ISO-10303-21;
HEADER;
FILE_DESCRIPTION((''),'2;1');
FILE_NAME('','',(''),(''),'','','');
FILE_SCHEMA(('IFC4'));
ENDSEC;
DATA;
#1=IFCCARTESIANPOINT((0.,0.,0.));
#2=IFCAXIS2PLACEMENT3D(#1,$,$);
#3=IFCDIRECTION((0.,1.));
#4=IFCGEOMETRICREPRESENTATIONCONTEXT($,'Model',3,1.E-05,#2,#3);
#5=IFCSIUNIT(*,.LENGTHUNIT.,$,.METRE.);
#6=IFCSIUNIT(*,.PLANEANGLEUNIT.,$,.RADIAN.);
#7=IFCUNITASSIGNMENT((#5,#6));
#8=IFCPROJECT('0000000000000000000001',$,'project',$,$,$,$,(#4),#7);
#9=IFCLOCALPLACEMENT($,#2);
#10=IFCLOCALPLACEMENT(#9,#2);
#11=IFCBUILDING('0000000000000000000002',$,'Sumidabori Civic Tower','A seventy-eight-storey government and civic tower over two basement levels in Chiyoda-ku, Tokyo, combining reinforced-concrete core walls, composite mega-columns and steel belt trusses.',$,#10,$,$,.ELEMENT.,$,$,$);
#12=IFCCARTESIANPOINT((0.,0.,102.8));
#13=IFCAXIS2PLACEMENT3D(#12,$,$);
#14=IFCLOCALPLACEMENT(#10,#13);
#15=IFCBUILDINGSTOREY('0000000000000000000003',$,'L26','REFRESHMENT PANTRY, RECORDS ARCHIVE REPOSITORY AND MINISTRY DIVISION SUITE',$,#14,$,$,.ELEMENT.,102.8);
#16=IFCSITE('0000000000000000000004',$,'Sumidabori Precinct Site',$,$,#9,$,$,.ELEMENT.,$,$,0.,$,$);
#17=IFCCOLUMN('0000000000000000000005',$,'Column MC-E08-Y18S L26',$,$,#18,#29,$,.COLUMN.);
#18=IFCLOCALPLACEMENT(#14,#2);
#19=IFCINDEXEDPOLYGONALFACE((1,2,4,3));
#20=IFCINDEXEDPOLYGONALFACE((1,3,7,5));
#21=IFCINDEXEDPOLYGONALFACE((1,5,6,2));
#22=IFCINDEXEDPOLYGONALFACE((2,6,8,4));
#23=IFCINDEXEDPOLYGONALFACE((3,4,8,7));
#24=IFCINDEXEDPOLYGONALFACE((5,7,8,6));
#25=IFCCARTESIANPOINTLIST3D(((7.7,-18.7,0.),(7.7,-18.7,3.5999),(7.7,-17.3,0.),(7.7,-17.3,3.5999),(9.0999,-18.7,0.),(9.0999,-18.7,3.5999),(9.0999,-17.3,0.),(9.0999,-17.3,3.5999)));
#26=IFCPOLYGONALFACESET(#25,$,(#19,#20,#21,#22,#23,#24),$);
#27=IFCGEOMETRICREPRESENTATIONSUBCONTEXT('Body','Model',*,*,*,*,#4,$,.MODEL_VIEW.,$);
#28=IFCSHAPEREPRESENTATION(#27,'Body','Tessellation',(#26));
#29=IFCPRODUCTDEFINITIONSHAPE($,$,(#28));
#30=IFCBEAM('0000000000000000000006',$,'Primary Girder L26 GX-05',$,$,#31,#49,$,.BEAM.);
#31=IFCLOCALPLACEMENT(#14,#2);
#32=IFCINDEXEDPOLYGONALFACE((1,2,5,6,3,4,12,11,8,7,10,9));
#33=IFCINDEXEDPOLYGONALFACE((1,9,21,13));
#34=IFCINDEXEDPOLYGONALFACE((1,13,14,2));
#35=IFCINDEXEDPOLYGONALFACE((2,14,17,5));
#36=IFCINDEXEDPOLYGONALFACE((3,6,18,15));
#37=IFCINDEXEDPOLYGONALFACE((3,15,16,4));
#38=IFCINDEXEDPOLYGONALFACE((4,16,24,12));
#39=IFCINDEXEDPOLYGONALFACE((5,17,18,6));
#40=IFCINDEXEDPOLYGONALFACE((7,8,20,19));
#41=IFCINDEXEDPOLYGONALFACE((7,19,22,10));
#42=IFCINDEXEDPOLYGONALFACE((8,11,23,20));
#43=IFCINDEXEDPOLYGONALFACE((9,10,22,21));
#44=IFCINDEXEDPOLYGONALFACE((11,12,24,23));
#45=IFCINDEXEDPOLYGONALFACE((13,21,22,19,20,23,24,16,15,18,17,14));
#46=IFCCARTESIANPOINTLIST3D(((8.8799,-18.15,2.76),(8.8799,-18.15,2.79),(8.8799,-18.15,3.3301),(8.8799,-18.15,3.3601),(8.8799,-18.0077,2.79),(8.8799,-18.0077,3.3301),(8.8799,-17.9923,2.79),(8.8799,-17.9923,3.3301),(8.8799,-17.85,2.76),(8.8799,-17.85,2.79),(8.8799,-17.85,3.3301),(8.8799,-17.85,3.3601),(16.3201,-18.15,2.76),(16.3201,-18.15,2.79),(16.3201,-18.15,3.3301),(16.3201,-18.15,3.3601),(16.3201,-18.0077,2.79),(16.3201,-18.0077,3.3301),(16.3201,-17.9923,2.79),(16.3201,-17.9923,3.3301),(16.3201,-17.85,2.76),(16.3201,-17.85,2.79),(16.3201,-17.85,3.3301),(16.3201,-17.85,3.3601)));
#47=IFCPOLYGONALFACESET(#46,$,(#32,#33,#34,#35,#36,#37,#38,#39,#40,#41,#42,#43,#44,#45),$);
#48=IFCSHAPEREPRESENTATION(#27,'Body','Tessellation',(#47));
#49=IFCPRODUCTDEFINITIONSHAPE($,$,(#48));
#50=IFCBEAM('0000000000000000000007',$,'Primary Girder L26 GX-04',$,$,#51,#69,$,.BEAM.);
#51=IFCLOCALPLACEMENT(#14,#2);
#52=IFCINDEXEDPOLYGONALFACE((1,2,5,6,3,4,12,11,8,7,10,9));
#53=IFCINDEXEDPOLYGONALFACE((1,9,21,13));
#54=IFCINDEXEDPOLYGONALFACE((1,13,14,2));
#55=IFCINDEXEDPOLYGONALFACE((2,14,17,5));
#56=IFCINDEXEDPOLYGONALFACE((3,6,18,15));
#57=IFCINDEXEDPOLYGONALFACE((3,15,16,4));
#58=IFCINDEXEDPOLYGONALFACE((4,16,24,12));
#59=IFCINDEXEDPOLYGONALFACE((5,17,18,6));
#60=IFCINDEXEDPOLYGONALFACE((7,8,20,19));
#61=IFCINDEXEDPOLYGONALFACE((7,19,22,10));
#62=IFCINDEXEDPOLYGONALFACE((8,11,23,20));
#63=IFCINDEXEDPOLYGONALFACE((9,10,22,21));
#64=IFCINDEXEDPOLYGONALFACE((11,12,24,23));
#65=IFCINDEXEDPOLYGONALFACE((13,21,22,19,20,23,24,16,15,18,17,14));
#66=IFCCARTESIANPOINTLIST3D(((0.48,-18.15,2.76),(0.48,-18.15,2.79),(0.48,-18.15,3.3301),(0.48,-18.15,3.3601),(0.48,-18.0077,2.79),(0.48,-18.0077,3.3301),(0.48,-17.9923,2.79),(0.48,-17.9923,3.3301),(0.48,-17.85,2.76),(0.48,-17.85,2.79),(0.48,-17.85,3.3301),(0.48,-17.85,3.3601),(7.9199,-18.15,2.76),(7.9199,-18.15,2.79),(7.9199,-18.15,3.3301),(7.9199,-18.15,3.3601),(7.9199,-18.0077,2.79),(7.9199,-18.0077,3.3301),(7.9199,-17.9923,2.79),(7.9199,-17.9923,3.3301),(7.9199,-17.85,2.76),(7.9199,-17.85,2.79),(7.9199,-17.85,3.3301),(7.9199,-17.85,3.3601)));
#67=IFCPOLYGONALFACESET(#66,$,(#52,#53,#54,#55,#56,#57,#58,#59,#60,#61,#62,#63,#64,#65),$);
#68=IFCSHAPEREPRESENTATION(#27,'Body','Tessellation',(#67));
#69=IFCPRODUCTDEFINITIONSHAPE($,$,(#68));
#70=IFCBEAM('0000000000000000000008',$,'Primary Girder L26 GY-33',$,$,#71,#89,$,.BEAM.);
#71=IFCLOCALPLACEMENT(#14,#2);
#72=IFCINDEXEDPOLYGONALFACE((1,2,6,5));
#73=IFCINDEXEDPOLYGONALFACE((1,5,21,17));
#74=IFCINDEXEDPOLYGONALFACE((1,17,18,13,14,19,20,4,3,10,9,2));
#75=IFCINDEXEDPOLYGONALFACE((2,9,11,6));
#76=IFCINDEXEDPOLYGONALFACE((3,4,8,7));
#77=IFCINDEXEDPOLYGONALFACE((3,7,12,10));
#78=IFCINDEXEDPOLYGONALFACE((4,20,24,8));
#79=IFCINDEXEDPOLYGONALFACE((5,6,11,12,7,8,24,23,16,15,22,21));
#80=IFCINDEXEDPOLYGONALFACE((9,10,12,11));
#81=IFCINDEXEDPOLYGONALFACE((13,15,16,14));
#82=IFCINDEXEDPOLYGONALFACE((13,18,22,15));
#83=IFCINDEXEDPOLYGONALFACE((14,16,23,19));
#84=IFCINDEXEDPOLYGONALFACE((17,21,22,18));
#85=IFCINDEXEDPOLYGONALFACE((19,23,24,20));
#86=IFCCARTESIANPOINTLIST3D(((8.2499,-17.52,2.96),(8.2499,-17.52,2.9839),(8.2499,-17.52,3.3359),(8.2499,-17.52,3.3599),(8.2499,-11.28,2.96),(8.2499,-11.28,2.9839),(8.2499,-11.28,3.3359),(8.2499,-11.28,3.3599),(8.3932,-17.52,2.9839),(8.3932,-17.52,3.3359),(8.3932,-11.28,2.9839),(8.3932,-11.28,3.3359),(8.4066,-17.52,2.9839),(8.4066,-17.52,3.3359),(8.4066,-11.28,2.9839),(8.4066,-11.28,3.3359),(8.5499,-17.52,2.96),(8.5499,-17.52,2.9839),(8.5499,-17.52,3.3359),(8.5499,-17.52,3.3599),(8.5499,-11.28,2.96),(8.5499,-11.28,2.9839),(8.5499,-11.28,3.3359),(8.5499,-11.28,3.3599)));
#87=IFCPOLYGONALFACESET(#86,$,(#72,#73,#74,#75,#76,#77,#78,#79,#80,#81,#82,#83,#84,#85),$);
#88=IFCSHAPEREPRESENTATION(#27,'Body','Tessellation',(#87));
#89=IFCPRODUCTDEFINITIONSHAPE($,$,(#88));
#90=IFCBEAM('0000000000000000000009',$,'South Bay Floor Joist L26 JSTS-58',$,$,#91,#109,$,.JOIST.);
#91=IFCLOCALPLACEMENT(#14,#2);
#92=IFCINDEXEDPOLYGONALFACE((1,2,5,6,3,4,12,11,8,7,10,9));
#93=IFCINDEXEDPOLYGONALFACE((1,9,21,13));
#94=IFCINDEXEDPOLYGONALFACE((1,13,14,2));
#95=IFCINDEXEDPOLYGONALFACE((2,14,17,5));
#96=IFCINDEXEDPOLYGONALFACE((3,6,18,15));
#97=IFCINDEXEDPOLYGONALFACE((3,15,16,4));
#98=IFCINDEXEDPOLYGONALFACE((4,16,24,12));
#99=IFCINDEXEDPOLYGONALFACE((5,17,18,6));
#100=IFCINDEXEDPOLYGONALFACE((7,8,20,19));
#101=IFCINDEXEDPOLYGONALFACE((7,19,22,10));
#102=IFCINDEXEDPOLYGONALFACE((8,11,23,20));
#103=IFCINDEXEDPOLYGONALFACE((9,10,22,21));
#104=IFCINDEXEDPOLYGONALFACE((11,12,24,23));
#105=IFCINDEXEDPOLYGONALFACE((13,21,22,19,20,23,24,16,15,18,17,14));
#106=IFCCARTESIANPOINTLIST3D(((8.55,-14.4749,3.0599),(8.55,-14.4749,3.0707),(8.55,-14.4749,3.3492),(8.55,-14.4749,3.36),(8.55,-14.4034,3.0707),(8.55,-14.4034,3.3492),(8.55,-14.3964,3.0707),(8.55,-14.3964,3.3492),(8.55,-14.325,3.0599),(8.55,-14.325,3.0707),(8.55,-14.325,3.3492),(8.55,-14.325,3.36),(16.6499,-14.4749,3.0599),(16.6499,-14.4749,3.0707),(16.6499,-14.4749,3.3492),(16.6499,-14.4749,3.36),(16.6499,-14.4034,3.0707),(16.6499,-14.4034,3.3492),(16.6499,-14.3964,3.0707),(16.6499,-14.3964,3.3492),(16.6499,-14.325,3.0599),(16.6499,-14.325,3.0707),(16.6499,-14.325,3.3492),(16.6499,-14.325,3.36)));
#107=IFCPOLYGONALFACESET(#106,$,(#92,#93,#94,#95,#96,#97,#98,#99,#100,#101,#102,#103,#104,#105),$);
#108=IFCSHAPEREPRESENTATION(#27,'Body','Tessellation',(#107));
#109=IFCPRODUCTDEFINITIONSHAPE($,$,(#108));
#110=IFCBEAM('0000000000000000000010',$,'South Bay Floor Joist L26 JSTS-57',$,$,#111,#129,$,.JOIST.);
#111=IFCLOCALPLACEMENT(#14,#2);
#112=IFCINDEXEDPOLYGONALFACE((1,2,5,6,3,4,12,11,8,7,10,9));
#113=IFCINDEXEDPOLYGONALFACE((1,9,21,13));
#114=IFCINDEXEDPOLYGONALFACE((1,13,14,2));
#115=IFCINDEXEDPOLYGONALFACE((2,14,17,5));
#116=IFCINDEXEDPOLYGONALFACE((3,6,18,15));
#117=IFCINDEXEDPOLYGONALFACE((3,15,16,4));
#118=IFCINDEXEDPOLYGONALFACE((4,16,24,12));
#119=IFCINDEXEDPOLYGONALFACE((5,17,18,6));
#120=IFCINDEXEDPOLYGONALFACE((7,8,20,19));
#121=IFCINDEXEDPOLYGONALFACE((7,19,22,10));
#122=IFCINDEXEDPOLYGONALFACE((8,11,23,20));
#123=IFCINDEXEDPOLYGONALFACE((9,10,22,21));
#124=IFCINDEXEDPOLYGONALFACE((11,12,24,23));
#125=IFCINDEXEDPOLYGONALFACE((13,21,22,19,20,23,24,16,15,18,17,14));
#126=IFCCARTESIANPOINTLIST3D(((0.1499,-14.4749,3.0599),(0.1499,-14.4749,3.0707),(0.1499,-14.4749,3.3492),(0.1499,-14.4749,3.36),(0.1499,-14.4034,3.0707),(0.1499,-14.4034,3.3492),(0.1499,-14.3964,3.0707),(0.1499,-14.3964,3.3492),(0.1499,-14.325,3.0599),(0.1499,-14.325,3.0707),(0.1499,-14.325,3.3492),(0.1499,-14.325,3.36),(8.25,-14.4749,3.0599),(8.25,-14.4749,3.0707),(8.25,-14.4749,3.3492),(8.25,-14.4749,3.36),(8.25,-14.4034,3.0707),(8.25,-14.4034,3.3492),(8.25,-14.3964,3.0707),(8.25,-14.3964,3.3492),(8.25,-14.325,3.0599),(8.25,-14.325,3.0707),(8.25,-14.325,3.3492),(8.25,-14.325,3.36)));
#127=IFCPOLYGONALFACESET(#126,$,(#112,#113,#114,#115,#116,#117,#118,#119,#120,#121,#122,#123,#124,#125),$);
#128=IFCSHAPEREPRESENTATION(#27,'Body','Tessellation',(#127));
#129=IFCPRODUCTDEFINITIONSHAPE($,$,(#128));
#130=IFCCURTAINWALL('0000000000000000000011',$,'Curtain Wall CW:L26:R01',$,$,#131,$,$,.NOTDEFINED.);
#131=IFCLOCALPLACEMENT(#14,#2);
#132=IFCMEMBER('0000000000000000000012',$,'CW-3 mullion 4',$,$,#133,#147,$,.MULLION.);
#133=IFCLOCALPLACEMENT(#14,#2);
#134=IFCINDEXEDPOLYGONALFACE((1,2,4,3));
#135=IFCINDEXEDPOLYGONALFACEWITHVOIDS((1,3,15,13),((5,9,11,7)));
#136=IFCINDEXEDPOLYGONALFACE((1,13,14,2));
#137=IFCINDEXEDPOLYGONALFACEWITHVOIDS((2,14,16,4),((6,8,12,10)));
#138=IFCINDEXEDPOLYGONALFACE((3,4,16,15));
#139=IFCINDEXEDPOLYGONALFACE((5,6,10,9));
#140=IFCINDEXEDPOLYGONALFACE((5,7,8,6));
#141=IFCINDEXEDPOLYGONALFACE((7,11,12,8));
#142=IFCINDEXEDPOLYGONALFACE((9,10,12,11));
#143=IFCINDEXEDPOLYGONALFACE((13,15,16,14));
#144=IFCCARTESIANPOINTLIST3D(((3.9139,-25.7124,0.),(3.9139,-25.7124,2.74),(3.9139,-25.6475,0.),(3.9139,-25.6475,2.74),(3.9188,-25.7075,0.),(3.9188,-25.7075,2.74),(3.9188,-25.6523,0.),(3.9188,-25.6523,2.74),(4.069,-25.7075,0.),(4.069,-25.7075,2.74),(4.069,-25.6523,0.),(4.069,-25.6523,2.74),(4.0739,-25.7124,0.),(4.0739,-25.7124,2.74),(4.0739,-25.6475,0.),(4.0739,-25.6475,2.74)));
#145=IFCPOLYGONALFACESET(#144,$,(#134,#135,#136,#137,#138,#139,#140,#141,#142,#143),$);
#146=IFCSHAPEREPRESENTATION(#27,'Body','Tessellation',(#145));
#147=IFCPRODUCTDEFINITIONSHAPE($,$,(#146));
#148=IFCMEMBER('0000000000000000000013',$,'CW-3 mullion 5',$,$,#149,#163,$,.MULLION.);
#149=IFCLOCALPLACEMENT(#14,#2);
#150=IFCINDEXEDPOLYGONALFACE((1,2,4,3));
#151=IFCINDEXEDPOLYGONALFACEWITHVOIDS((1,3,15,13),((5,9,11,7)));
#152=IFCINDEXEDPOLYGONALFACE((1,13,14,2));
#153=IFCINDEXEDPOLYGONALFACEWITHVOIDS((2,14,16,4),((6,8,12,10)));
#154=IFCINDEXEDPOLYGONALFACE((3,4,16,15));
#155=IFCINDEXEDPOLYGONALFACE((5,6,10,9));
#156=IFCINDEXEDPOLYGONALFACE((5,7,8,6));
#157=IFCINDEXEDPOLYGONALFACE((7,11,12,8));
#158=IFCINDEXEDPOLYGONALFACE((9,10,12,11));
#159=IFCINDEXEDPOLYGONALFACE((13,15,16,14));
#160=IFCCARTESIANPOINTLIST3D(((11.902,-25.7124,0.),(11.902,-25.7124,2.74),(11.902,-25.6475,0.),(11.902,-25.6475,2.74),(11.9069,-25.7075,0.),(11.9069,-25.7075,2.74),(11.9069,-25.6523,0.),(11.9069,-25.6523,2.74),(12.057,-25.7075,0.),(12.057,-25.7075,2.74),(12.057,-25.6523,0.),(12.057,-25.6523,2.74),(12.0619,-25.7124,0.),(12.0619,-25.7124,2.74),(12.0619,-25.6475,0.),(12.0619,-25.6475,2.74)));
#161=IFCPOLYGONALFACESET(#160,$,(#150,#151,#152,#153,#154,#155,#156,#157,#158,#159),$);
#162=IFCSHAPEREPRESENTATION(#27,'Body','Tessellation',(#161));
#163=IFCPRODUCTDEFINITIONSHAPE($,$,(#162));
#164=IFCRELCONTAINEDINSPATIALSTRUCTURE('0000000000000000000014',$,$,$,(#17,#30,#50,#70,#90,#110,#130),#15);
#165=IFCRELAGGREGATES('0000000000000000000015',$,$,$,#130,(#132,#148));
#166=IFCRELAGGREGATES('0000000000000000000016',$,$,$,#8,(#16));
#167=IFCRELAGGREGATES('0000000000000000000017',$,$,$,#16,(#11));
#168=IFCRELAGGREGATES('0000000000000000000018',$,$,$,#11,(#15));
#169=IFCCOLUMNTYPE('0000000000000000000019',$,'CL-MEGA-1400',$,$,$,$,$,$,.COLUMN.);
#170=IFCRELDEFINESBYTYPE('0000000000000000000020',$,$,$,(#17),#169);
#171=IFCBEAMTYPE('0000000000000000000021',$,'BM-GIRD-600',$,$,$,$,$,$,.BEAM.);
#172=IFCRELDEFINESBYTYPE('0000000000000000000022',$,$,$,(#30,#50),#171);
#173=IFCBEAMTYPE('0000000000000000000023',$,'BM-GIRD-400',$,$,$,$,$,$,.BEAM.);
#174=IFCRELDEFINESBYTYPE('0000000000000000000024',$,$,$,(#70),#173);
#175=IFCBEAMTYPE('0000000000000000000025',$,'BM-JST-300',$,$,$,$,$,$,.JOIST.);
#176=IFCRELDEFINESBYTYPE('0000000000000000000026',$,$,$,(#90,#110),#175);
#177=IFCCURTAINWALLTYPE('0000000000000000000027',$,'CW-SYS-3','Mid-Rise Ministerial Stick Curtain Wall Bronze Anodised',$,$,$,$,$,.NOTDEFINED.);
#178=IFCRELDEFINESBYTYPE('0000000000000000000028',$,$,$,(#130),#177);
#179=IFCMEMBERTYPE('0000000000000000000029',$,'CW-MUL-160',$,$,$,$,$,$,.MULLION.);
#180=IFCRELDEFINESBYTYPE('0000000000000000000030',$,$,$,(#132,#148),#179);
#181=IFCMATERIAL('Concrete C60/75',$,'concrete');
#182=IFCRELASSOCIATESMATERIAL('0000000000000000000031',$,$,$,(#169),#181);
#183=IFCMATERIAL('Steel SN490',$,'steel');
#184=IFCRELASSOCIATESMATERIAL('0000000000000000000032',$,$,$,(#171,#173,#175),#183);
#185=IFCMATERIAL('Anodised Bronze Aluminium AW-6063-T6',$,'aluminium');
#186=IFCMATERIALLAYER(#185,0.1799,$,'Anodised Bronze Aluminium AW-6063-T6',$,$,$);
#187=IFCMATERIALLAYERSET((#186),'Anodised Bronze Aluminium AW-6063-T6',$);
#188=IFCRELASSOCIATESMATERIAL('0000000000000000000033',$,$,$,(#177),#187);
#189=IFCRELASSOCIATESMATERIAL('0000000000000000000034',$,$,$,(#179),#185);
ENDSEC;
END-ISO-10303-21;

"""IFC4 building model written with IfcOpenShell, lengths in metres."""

from ifc_helpers import new_model, si_unit, direction, frame, origin, origin_2d, place, context, subcontext, project, spatial, rectangle, hollow_rectangle, i_section, extrude, source, transform, mapped, material, layer, layer_set, material_profile, profile_set, type_object, element, aggregate, save


model = new_model("IFC4")

# Units and contexts
model_context = context("Model", 3, precision=1e-05, world=origin(), true_north=direction((0.0, 1.0)))
body_context = subcontext(model_context, "Body", "Model", "MODEL_VIEW")
ifc_project = project(units=[si_unit("LENGTHUNIT", "METRE"), si_unit("PLANEANGLEUNIT", "RADIAN")], contexts=[model_context])

# Site, building, storey
site_placement = place(None, origin())
site = spatial("IfcSite", under=ifc_project, at=site_placement, Name="Sumidabori Precinct Site", CompositionType="ELEMENT", RefElevation=0.0)
building_placement = place(site_placement, origin())
building = spatial("IfcBuilding", under=site, at=building_placement, Name="Sumidabori Civic Tower", Description="A seventy-eight-storey government and civic tower over two basement levels in Chiyoda-ku, Tokyo, combining reinforced-concrete core walls, composite mega-columns and steel belt trusses.", CompositionType="ELEMENT")
storey_placement = place(building_placement, frame((0.0, 0.0, 102.8)))
storey = spatial("IfcBuildingStorey", under=building, at=storey_placement, Name="L26", Description="REFRESHMENT PANTRY, RECORDS ARCHIVE REPOSITORY AND MINISTRY DIVISION SUITE", CompositionType="ELEMENT", Elevation=102.8)

# Column
ifc_material_1 = material(Name="Concrete C60/75", Category="concrete")
ifc_material_profile_1 = material_profile(ifc_material_1, rectangle(XDim=1.3999, YDim=1.3999, at=origin_2d()), Name="RC 1400x1400")
ifc_profile_set_1 = profile_set([ifc_material_profile_1], Name="Concrete C60/75")
column_type = type_object("IfcColumnType", Name="CL-MEGA-1400", PredefinedType="COLUMN", material=ifc_profile_set_1)
shared_shape_1 = source(origin(), body_context, "Body", "SweptSolid", [
    extrude(rectangle(XDim=1.3999, YDim=1.3999, at=origin_2d()), origin(), (0.0, 0.0, 1.0), 3.5999),
])
column_placement = place(storey_placement, frame((8.3999, -18.0, 0.0), z_axis=(0.0, 0.0, 1.0), x_axis=(1.0, 0.0, 0.0)))
element("IfcColumn", 1, at=column_placement, inside=storey, type_object=column_type, Name="Column MC-E08-Y18S L26", PredefinedType="COLUMN", context=body_context, shape_type="MappedRepresentation", body=[
    mapped(shared_shape_1, transform((0.0, 0.0, 0.0), x_axis=(1.0, 0.0, 0.0), y_axis=(0.0, 1.0, 0.0), z_axis=(0.0, 0.0, 1.0), scale=1.0)),
])

# Beams
ifc_material_2 = material(Name="Steel SN490", Category="steel")
ifc_material_profile_2 = material_profile(ifc_material_2, i_section(OverallWidth=0.3, OverallDepth=0.6001, WebThickness=0.0154, FlangeThickness=0.03, at=origin_2d()), Name="HE 600 B")
ifc_profile_set_2 = profile_set([ifc_material_profile_2], Name="Steel SN490")
beam_type_1 = type_object("IfcBeamType", Name="BM-GIRD-600", PredefinedType="BEAM", material=ifc_profile_set_2)
shared_shape_2 = source(origin(), body_context, "Body", "SweptSolid", [
    extrude(i_section(OverallWidth=0.3, OverallDepth=0.6001, WebThickness=0.0154, FlangeThickness=0.03, at=origin_2d()), origin(), (0.0, 0.0, 1.0), 7.4402),
])
beam_1_placement = place(storey_placement, frame((8.8799, -18.0, 3.0601), z_axis=(1.0, 0.0, 0.0), x_axis=(0.0, 1.0, 0.0)))
element("IfcBeam", 2, at=beam_1_placement, inside=storey, type_object=beam_type_1, Name="Primary Girder L26 GX-05", PredefinedType="BEAM", context=body_context, shape_type="MappedRepresentation", body=[
    mapped(shared_shape_2, transform((0.0, 0.0, 0.0), x_axis=(1.0, 0.0, 0.0), y_axis=(0.0, 1.0, 0.0), z_axis=(0.0, 0.0, 1.0), scale=1.0)),
])
shared_shape_3 = source(origin(), body_context, "Body", "SweptSolid", [
    extrude(i_section(OverallWidth=0.3, OverallDepth=0.6001, WebThickness=0.0154, FlangeThickness=0.03, at=origin_2d()), origin(), (0.0, 0.0, 1.0), 7.4399),
])
beam_2_placement = place(storey_placement, frame((0.48, -18.0, 3.0601), z_axis=(1.0, 0.0, 0.0), x_axis=(0.0, 1.0, 0.0)))
element("IfcBeam", 3, at=beam_2_placement, inside=storey, type_object=beam_type_1, Name="Primary Girder L26 GX-04", PredefinedType="BEAM", context=body_context, shape_type="MappedRepresentation", body=[
    mapped(shared_shape_3, transform((0.0, 0.0, 0.0), x_axis=(1.0, 0.0, 0.0), y_axis=(0.0, 1.0, 0.0), z_axis=(0.0, 0.0, 1.0), scale=1.0)),
])
ifc_material_profile_3 = material_profile(ifc_material_2, i_section(OverallWidth=0.3, OverallDepth=0.3999, WebThickness=0.0134, FlangeThickness=0.0239, at=origin_2d()), Name="HE 400 B")
ifc_profile_set_3 = profile_set([ifc_material_profile_3], Name="Steel SN490")
beam_type_2 = type_object("IfcBeamType", Name="BM-GIRD-400", PredefinedType="BEAM", material=ifc_profile_set_3)
shared_shape_4 = source(origin(), body_context, "Body", "SweptSolid", [
    extrude(i_section(OverallWidth=0.3, OverallDepth=0.3999, WebThickness=0.0134, FlangeThickness=0.0239, at=origin_2d()), origin(), (0.0, 0.0, 1.0), 6.24),
])
beam_3_placement = place(storey_placement, frame((8.3999, -17.52, 3.1599), z_axis=(0.0, 1.0, 0.0), x_axis=(-1.0, 0.0, 0.0)))
element("IfcBeam", 4, at=beam_3_placement, inside=storey, type_object=beam_type_2, Name="Primary Girder L26 GY-33", PredefinedType="BEAM", context=body_context, shape_type="MappedRepresentation", body=[
    mapped(shared_shape_4, transform((0.0, 0.0, 0.0), x_axis=(1.0, 0.0, 0.0), y_axis=(0.0, 1.0, 0.0), z_axis=(0.0, 0.0, 1.0), scale=1.0)),
])
ifc_material_profile_4 = material_profile(ifc_material_2, i_section(OverallWidth=0.1499, OverallDepth=0.3, WebThickness=0.0071, FlangeThickness=0.0107, at=origin_2d()), Name="IPE 300")
ifc_profile_set_4 = profile_set([ifc_material_profile_4], Name="Steel SN490")
beam_type_3 = type_object("IfcBeamType", Name="BM-JST-300", PredefinedType="JOIST", material=ifc_profile_set_4)
shared_shape_5 = source(origin(), body_context, "Body", "SweptSolid", [
    extrude(i_section(OverallWidth=0.1499, OverallDepth=0.3, WebThickness=0.0071, FlangeThickness=0.0107, at=origin_2d()), origin(), (0.0, 0.0, 1.0), 8.0999),
])
beam_4_placement = place(storey_placement, frame((8.55, -14.3999, 3.21), z_axis=(1.0, 0.0, 0.0), x_axis=(0.0, 1.0, 0.0)))
element("IfcBeam", 5, at=beam_4_placement, inside=storey, type_object=beam_type_3, Name="South Bay Floor Joist L26 JSTS-58", PredefinedType="JOIST", context=body_context, shape_type="MappedRepresentation", body=[
    mapped(shared_shape_5, transform((0.0, 0.0, 0.0), x_axis=(1.0, 0.0, 0.0), y_axis=(0.0, 1.0, 0.0), z_axis=(0.0, 0.0, 1.0), scale=1.0)),
])
shared_shape_6 = source(origin(), body_context, "Body", "SweptSolid", [
    extrude(i_section(OverallWidth=0.1499, OverallDepth=0.3, WebThickness=0.0071, FlangeThickness=0.0107, at=origin_2d()), origin(), (0.0, 0.0, 1.0), 8.1001),
])
beam_5_placement = place(storey_placement, frame((0.1499, -14.3999, 3.21), z_axis=(1.0, 0.0, 0.0), x_axis=(0.0, 1.0, 0.0)))
element("IfcBeam", 6, at=beam_5_placement, inside=storey, type_object=beam_type_3, Name="South Bay Floor Joist L26 JSTS-57", PredefinedType="JOIST", context=body_context, shape_type="MappedRepresentation", body=[
    mapped(shared_shape_6, transform((0.0, 0.0, 0.0), x_axis=(1.0, 0.0, 0.0), y_axis=(0.0, 1.0, 0.0), z_axis=(0.0, 0.0, 1.0), scale=1.0)),
])

# Curtain wall, members
ifc_material_3 = material(Name="Anodised Bronze Aluminium AW-6063-T6", Category="aluminium")
ifc_layer_1 = layer(ifc_material_3, 0.1799, Name="Anodised Bronze Aluminium AW-6063-T6")
ifc_layer_set_1 = layer_set([ifc_layer_1], Name="Anodised Bronze Aluminium AW-6063-T6")
curtain_wall_type = type_object("IfcCurtainWallType", Name="CW-SYS-3", Description="Mid-Rise Ministerial Stick Curtain Wall Bronze Anodised", PredefinedType="NOTDEFINED", material=ifc_layer_set_1)
curtain_wall_placement = place(storey_placement, origin())
curtain_wall = element("IfcCurtainWall", 7, at=curtain_wall_placement, inside=storey, type_object=curtain_wall_type, Name="Curtain Wall CW:L26:R01", PredefinedType="NOTDEFINED")
ifc_material_profile_5 = material_profile(ifc_material_3, hollow_rectangle(XDim=0.0649, YDim=0.1599, WallThickness=0.0049, at=origin_2d()), Name="ALU MULLION 160x65")
ifc_profile_set_5 = profile_set([ifc_material_profile_5], Name="Anodised Bronze Aluminium AW-6063-T6")
member_type_1 = type_object("IfcMemberType", Name="CW-MUL-160", PredefinedType="MULLION", material=ifc_profile_set_5)
shared_shape_7 = source(origin(), body_context, "Body", "SweptSolid", [
    extrude(hollow_rectangle(XDim=0.0649, YDim=0.1599, WallThickness=0.0049, at=origin_2d()), origin(), (0.0, 0.0, 1.0), 2.74),
])
member_1_placement = place(storey_placement, frame((3.9939, -25.6799, 0.0), z_axis=(0.0, 0.0, 1.0), x_axis=(0.0, 1.0, 0.0)))
member_1 = element("IfcMember", 8, at=member_1_placement, type_object=member_type_1, Name="CW-3 mullion 4", PredefinedType="MULLION", context=body_context, shape_type="MappedRepresentation", body=[
    mapped(shared_shape_7, transform((0.0, 0.0, 0.0), x_axis=(1.0, 0.0, 0.0), y_axis=(0.0, 1.0, 0.0), z_axis=(0.0, 0.0, 1.0), scale=1.0)),
])
member_2_placement = place(storey_placement, frame((11.9819, -25.6799, 0.0), z_axis=(0.0, 0.0, 1.0), x_axis=(0.0, 1.0, 0.0)))
member_2 = element("IfcMember", 9, at=member_2_placement, type_object=member_type_1, Name="CW-3 mullion 5", PredefinedType="MULLION", context=body_context, shape_type="MappedRepresentation", body=[
    mapped(shared_shape_7, transform((0.0, 0.0, 0.0), x_axis=(1.0, 0.0, 0.0), y_axis=(0.0, 1.0, 0.0), z_axis=(0.0, 0.0, 1.0), scale=1.0)),
])
aggregate(curtain_wall, [member_1, member_2])

save(model, "model.ifc")
